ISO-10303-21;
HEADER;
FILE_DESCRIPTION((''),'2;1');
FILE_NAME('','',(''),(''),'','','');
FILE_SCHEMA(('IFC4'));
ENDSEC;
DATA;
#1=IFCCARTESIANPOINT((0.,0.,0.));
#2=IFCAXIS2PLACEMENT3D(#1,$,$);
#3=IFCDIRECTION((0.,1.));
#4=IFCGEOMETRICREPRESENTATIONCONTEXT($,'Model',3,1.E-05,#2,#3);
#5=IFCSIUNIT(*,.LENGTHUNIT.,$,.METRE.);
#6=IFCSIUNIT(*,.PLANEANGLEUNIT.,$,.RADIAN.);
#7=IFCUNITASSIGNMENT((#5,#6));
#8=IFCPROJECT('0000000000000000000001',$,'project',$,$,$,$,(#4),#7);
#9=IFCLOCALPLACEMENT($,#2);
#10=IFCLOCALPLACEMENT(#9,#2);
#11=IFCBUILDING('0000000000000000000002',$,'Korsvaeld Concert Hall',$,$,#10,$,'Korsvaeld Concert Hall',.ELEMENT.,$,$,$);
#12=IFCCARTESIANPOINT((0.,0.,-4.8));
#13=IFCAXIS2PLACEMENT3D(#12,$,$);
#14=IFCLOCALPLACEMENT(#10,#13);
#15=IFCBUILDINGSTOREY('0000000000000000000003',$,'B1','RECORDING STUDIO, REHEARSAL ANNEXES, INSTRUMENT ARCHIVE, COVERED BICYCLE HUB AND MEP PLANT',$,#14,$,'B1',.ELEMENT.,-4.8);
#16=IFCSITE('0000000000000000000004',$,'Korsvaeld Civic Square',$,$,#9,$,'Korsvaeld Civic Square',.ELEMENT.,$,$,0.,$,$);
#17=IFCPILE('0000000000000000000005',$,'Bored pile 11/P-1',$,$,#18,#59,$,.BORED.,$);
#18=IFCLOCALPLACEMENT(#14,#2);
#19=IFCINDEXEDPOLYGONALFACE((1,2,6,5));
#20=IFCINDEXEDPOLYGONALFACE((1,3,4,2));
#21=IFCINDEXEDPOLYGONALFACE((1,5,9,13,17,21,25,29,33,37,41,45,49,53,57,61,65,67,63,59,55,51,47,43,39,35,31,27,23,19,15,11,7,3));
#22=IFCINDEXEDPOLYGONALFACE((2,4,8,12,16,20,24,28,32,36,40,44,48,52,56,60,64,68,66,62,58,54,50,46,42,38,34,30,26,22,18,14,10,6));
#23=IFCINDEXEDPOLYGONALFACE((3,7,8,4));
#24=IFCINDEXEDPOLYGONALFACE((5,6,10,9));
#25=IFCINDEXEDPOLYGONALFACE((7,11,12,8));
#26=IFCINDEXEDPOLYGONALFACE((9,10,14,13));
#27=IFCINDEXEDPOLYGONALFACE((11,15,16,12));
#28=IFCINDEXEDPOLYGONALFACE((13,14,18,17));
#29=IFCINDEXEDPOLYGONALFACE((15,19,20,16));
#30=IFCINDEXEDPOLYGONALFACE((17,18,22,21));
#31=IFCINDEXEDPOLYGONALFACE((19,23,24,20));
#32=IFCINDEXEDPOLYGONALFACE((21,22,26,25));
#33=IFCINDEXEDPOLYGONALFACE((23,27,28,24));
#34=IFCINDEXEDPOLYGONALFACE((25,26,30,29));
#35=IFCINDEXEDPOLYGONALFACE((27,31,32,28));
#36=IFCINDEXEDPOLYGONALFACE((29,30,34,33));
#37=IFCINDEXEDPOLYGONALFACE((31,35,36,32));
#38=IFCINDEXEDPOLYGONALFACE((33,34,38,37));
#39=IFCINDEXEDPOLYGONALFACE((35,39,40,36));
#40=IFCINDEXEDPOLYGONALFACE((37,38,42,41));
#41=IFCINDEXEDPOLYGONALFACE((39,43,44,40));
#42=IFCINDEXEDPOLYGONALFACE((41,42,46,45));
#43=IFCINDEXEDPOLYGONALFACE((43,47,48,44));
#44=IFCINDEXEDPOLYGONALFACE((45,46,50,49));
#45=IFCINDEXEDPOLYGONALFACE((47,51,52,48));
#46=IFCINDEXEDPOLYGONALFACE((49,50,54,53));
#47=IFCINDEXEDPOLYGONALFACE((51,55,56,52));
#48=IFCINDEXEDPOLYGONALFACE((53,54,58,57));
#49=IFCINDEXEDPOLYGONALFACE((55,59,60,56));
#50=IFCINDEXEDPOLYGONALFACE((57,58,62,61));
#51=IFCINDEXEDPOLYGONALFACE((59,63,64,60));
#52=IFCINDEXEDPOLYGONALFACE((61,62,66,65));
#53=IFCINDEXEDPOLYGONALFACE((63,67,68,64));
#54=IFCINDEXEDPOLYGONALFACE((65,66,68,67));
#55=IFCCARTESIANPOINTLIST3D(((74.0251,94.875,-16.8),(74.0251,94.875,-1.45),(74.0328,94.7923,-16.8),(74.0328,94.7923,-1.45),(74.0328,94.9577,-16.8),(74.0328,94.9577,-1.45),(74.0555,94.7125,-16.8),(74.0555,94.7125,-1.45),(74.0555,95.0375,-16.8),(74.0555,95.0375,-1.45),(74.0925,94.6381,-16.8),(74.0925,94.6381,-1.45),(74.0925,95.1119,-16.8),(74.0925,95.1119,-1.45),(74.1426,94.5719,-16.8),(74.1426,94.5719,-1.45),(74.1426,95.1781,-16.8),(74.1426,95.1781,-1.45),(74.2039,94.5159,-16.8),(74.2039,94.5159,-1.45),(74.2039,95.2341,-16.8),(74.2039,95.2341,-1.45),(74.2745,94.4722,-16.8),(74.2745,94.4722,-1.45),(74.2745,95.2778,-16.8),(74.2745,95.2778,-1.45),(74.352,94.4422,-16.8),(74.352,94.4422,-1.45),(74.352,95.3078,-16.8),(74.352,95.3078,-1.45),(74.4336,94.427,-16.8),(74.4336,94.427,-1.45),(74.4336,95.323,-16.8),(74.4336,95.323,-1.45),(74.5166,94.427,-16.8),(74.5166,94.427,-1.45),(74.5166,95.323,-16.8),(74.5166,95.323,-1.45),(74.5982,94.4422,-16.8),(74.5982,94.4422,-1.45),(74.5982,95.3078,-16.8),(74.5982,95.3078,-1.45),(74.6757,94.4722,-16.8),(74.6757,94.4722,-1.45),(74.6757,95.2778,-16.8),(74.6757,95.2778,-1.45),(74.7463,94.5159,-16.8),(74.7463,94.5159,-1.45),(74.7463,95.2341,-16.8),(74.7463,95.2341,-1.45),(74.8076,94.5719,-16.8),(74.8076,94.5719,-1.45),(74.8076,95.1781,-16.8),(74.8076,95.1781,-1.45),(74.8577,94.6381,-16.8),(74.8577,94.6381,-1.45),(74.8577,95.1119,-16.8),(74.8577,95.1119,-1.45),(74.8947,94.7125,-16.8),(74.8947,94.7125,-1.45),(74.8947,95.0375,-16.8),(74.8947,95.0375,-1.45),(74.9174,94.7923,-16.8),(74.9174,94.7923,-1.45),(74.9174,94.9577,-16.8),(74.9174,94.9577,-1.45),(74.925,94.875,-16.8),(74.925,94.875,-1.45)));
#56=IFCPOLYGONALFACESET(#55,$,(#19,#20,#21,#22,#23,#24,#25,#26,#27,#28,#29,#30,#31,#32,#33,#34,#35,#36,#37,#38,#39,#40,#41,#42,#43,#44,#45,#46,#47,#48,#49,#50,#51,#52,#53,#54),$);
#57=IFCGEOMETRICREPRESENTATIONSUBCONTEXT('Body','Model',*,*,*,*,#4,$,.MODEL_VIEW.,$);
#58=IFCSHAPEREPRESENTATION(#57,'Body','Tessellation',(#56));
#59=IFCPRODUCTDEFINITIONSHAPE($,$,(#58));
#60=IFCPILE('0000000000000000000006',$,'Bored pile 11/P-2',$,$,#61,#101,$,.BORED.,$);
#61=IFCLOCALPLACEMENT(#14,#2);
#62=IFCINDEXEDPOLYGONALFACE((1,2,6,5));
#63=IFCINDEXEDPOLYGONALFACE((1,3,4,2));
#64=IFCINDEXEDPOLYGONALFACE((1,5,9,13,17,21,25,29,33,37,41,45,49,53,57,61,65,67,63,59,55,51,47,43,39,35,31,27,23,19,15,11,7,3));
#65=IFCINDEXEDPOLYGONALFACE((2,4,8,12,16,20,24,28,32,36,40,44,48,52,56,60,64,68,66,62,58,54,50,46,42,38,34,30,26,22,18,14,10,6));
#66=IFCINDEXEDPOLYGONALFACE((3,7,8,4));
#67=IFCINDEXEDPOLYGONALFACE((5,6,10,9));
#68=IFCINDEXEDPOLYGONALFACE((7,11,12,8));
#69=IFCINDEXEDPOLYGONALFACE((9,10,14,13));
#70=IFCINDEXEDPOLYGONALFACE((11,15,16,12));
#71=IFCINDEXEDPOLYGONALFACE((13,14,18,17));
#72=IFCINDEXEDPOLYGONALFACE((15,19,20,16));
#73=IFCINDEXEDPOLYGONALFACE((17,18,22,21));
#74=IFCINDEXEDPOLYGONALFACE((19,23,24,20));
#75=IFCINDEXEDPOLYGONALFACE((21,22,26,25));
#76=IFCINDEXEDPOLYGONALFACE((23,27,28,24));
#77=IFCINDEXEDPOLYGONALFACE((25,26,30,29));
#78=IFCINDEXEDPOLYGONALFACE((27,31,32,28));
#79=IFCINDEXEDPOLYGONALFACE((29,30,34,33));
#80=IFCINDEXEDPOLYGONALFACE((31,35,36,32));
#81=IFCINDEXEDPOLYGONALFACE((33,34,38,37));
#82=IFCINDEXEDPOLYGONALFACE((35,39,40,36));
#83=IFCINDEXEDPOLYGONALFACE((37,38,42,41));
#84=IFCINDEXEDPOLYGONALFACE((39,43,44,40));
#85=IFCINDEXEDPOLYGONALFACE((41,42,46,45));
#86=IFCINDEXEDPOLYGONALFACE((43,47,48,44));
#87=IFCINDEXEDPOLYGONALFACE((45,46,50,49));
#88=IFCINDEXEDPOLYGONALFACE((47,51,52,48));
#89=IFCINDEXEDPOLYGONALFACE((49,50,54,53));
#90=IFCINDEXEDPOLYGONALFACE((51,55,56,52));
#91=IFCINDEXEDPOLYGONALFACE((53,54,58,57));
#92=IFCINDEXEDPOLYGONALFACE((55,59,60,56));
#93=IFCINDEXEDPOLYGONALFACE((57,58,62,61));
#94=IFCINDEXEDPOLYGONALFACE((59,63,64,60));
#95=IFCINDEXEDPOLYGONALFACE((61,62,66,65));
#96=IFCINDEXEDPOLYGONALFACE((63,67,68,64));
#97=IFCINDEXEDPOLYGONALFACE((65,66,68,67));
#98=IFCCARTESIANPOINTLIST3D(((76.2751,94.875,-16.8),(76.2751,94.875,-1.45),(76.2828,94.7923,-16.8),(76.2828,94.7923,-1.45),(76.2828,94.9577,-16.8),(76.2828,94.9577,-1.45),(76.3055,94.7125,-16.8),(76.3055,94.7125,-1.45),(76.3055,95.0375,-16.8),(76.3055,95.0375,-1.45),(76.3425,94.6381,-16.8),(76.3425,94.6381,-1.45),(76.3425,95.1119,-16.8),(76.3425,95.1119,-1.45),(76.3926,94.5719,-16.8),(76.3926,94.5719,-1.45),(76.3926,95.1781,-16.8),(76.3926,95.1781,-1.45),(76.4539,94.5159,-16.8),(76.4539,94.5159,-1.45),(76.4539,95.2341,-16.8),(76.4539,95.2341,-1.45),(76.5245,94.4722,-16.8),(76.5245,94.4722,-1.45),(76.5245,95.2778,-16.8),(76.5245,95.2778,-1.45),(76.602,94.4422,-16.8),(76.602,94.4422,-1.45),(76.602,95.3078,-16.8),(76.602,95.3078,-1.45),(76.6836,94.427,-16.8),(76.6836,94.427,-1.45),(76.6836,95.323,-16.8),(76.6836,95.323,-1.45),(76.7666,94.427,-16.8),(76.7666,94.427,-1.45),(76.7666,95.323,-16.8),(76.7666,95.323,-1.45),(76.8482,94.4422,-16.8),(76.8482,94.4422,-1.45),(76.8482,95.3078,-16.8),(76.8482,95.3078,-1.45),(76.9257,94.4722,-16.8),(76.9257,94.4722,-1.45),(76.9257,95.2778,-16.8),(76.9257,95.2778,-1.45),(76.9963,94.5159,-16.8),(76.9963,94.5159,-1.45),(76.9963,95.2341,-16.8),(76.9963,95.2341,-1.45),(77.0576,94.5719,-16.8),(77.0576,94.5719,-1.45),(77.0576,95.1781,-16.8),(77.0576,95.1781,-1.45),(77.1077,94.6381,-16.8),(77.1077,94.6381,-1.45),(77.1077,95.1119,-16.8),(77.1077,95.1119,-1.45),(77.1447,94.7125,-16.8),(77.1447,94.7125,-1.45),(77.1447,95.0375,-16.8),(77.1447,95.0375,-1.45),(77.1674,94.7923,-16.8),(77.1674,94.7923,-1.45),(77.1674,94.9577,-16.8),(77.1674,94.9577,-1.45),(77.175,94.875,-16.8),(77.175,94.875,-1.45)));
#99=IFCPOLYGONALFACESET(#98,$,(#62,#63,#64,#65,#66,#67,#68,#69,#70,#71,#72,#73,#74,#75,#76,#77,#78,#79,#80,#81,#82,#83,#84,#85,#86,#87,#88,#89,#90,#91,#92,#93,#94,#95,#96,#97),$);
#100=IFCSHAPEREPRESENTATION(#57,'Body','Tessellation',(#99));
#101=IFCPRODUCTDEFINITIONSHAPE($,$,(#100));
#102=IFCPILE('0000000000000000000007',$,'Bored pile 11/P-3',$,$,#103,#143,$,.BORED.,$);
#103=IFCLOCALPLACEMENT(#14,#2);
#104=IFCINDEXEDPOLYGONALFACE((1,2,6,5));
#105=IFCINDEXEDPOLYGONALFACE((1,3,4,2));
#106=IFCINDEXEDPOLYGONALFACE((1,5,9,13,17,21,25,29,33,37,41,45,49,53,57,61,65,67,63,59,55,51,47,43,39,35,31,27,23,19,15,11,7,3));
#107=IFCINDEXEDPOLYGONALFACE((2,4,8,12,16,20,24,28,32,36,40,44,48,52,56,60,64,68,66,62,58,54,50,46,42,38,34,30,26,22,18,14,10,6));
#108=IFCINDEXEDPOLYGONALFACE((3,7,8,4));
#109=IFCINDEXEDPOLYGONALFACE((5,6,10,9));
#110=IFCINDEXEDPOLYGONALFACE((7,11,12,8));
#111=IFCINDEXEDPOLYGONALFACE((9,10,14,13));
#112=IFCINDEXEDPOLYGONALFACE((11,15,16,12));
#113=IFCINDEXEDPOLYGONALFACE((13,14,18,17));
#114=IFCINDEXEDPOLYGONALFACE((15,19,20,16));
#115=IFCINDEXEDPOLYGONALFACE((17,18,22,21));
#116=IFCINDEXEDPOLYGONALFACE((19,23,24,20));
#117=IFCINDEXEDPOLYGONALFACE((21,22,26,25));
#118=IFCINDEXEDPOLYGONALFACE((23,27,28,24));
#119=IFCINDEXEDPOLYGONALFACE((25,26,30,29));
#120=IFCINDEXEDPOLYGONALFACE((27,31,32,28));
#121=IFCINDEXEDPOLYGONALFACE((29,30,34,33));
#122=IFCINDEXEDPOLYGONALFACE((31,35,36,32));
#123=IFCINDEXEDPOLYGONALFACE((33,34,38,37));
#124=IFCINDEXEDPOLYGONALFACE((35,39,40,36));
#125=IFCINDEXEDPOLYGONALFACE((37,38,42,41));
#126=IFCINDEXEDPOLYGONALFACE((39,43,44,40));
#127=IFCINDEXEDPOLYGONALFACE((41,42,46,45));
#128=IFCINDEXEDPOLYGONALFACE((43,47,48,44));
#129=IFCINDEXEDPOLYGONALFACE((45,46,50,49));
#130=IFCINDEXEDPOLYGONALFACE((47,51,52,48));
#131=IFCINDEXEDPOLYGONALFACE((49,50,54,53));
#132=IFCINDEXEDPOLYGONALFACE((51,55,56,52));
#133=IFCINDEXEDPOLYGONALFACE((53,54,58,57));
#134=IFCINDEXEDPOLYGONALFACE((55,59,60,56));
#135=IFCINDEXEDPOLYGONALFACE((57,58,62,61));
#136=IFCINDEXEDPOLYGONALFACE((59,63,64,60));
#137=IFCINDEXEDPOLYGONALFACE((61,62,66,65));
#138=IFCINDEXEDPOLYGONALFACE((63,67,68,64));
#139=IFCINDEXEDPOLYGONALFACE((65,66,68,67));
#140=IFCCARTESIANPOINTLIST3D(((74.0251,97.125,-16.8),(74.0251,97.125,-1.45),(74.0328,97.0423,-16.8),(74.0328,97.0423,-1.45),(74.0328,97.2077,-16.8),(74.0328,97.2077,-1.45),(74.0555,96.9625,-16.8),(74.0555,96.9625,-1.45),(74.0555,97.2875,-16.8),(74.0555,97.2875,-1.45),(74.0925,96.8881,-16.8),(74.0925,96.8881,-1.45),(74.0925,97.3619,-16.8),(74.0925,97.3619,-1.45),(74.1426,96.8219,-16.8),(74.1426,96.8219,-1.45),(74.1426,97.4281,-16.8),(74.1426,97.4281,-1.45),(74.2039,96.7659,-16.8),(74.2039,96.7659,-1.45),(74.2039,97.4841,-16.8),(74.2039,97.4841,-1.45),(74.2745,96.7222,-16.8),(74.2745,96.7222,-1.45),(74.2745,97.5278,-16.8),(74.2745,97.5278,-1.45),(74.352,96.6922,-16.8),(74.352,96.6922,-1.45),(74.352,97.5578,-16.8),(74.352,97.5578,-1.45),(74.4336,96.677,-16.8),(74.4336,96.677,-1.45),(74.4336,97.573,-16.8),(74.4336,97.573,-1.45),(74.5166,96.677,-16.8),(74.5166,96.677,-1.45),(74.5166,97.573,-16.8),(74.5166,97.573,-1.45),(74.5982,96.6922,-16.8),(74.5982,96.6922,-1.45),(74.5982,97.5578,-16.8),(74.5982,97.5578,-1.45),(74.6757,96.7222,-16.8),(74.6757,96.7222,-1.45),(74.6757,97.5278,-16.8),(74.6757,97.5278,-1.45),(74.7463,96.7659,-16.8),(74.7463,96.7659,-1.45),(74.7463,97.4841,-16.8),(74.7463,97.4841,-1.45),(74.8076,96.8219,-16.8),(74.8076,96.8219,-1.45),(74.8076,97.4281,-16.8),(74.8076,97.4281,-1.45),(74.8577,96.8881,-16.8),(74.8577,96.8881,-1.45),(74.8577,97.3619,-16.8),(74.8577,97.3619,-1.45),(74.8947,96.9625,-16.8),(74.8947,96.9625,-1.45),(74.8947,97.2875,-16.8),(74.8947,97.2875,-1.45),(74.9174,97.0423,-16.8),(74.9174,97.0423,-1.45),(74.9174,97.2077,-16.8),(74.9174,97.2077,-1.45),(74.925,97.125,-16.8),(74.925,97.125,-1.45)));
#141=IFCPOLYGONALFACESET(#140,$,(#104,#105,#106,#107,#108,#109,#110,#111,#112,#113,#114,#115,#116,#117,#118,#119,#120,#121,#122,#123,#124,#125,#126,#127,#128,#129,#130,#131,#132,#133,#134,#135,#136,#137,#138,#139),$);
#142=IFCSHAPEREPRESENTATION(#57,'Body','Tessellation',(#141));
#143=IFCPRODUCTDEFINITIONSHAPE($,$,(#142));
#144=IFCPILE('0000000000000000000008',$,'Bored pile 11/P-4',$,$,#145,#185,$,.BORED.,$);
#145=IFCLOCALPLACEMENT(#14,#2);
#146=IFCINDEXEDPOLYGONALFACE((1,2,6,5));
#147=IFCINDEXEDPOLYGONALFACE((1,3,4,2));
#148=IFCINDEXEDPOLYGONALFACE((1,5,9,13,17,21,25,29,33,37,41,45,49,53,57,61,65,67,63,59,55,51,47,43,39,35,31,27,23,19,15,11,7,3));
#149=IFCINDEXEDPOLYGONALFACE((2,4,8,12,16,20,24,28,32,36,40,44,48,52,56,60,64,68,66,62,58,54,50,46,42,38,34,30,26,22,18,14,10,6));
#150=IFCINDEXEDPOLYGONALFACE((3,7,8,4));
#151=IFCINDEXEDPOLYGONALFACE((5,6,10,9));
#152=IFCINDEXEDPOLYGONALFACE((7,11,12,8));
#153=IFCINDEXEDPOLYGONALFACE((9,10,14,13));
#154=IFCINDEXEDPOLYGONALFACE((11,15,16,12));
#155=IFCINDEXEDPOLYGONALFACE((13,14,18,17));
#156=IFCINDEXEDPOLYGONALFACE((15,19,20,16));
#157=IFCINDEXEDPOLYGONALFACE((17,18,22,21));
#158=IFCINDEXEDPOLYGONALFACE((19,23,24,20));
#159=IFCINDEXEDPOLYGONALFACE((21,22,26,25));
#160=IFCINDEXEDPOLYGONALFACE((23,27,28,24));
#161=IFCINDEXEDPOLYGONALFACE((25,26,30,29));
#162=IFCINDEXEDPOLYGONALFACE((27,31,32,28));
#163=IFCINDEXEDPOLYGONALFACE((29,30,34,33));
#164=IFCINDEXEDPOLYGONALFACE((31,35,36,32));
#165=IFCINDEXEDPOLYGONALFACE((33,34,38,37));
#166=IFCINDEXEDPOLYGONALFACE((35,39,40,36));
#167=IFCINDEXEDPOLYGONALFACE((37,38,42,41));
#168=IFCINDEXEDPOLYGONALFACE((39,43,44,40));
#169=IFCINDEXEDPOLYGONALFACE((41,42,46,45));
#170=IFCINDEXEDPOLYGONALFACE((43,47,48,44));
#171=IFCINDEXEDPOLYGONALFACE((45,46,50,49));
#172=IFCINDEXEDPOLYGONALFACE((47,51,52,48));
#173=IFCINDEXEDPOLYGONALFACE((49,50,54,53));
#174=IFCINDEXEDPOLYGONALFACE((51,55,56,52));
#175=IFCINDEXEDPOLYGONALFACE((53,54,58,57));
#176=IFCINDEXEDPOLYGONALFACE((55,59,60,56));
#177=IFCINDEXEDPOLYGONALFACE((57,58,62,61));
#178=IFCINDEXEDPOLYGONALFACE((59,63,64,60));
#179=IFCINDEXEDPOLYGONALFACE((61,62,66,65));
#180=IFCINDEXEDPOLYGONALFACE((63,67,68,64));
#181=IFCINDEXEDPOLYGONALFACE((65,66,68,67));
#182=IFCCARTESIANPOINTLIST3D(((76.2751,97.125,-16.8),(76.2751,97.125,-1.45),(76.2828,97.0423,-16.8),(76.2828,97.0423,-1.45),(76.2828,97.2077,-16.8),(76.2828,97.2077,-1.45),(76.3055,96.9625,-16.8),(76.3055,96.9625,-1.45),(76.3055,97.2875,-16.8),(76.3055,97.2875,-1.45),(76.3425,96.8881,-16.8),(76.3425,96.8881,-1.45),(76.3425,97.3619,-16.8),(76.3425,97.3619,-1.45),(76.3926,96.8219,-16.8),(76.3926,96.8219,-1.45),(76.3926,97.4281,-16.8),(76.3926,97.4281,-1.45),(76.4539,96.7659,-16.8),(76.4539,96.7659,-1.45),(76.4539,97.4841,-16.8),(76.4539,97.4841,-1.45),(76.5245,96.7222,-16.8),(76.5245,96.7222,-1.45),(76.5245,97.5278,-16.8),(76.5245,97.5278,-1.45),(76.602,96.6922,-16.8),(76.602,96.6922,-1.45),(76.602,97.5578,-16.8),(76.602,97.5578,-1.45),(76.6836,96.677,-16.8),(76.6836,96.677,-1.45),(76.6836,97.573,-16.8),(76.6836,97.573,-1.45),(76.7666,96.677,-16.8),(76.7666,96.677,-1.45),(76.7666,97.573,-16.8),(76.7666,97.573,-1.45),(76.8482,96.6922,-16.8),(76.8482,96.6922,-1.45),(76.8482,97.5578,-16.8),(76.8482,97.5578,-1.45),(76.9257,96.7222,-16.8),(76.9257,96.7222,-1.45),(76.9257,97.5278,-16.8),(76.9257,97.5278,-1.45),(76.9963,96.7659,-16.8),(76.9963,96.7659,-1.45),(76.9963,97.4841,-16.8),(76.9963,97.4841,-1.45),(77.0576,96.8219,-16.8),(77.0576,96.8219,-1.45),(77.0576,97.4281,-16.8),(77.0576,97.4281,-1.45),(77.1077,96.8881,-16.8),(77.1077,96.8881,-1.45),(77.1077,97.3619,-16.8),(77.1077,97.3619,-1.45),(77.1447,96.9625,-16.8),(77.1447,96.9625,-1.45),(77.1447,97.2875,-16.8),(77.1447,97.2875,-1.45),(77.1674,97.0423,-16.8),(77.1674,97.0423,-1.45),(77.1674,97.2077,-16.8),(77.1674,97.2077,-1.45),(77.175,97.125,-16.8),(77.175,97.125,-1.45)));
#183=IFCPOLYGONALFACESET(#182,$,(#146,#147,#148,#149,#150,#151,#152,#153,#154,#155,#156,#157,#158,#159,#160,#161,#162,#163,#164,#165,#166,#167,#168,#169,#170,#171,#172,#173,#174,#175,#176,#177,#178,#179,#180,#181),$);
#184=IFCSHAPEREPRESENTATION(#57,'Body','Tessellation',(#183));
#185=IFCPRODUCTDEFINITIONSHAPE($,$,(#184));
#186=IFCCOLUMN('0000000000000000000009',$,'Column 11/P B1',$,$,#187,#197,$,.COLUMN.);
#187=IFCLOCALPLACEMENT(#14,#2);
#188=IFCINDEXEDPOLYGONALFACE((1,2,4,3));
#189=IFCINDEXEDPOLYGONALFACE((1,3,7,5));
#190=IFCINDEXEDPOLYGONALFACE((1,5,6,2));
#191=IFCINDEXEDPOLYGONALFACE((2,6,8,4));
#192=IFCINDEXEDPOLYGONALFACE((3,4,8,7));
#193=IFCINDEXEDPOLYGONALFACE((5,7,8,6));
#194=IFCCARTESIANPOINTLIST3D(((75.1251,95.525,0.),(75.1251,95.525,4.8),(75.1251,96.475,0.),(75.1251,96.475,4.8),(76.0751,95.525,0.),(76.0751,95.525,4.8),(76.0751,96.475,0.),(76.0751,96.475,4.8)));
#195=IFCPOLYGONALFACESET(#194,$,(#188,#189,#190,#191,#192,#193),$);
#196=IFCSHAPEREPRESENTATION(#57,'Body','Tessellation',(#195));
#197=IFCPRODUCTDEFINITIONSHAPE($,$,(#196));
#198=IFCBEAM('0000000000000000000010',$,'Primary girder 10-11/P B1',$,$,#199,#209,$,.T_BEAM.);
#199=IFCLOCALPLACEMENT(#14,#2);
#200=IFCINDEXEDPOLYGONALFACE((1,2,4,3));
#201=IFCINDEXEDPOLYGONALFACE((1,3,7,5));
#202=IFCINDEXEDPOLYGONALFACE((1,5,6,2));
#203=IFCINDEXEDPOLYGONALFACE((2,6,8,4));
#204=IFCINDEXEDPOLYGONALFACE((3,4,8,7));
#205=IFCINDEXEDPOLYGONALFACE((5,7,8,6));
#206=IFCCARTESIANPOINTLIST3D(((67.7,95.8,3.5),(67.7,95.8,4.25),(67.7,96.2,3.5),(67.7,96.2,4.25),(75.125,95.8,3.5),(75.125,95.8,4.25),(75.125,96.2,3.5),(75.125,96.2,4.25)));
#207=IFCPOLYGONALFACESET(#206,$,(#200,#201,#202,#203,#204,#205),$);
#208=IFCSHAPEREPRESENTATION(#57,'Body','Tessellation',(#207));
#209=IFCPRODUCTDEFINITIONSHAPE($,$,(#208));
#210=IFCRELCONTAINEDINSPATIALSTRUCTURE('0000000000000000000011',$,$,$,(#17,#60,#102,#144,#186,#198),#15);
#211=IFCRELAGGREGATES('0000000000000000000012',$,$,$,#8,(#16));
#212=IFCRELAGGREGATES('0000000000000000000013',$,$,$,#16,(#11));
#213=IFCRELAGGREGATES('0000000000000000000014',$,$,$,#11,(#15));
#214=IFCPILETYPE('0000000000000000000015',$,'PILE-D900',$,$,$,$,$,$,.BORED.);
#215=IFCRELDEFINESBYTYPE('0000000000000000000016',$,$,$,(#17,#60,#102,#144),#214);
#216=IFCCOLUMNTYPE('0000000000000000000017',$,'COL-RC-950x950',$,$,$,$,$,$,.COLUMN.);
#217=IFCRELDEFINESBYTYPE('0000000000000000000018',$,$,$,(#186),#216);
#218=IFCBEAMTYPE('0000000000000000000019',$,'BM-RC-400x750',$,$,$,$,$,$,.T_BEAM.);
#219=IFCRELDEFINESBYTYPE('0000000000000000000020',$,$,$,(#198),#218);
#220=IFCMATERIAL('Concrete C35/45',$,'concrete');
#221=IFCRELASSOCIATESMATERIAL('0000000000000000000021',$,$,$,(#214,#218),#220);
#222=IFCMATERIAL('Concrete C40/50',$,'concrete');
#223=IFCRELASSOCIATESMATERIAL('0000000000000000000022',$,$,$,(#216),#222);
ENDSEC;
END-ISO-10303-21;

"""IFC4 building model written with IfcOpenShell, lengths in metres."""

from ifc_helpers import new_model, si_unit, direction, frame, origin, origin_2d, place, context, subcontext, project, spatial, rectangle, circle, extrude, material, material_profile, profile_set, type_object, element, save


model = new_model("IFC4")

# Units and contexts
model_context = context("Model", 3, precision=1e-05, world=origin(), true_north=direction((0.0, 1.0)))
body_context = subcontext(model_context, "Body", "Model", "MODEL_VIEW")
ifc_project = project(units=[si_unit("LENGTHUNIT", "METRE"), si_unit("PLANEANGLEUNIT", "RADIAN")], contexts=[model_context])

# Site, building, storey
site_placement = place(None, origin())
site = spatial("IfcSite", under=ifc_project, at=site_placement, Name="Korsvaeld Civic Square", LongName="Korsvaeld Civic Square", CompositionType="ELEMENT", RefElevation=0.0)
building_placement = place(site_placement, origin())
building = spatial("IfcBuilding", under=site, at=building_placement, Name="Korsvaeld Concert Hall", LongName="Korsvaeld Concert Hall", CompositionType="ELEMENT")
storey_placement = place(building_placement, frame((0.0, 0.0, -4.8)))
storey = spatial("IfcBuildingStorey", under=building, at=storey_placement, Name="B1", Description="RECORDING STUDIO, REHEARSAL ANNEXES, INSTRUMENT ARCHIVE, COVERED BICYCLE HUB AND MEP PLANT", LongName="B1", CompositionType="ELEMENT", Elevation=-4.8)

# Shared definitions
ifc_material_1 = material(Name="Concrete C35/45", Category="concrete")

# Piles
ifc_material_2 = material(Name="Concrete C40/50", Category="concrete")
ifc_material_profile_1 = material_profile(ifc_material_1, circle(Radius=0.45, at=origin_2d()), Name="BORED PILE D900")
ifc_profile_set_1 = profile_set([ifc_material_profile_1], Name="Concrete C35/45")
pile_type_1 = type_object("IfcPileType", Name="PILE-D900", PredefinedType="BORED", material=ifc_profile_set_1)
for number, where, z_axis, x_axis, name in (
    (1, (74.4751, 94.875, -1.45), (0.0, 0.0, -1.0), (1.0, 0.0, 0.0), "Bored pile 11/P-1"),
    (2, (76.7251, 94.875, -1.45), (0.0, 0.0, -1.0), (1.0, 0.0, 0.0), "Bored pile 11/P-2"),
    (3, (74.4751, 97.125, -1.45), (0.0, 0.0, -1.0), (1.0, 0.0, 0.0), "Bored pile 11/P-3"),
    (4, (76.7251, 97.125, -1.45), (0.0, 0.0, -1.0), (1.0, 0.0, 0.0), "Bored pile 11/P-4"),
):
    element("IfcPile", number, at=place(storey_placement, frame(where, z_axis=z_axis, x_axis=x_axis)), inside=storey, type_object=pile_type_1, Name=name, PredefinedType="BORED", context=body_context, shape_type="SweptSolid", body=[
        extrude(circle(Radius=0.45, at=origin_2d()), origin(), (0.0, 0.0, 1.0), 15.3501),
    ])

# Column
ifc_material_profile_2 = material_profile(ifc_material_2, rectangle(XDim=0.95, YDim=0.95, at=origin_2d()), Name="RC 950x950")
ifc_profile_set_2 = profile_set([ifc_material_profile_2], Name="Concrete C40/50")
column_type = type_object("IfcColumnType", Name="COL-RC-950x950", PredefinedType="COLUMN", material=ifc_profile_set_2)
column_placement = place(storey_placement, frame((75.6001, 96.0, 0.0), z_axis=(0.0, 0.0, 1.0), x_axis=(1.0, 0.0, 0.0)))
element("IfcColumn", 5, at=column_placement, inside=storey, type_object=column_type, Name="Column 11/P B1", PredefinedType="COLUMN", context=body_context, shape_type="SweptSolid", body=[
    extrude(rectangle(XDim=0.95, YDim=0.95, at=origin_2d()), origin(), (0.0, 0.0, 1.0), 4.8),
])

# Beam
ifc_material_profile_3 = material_profile(ifc_material_1, rectangle(XDim=0.3999, YDim=0.75, at=origin_2d()), Name="RC 400x750")
ifc_profile_set_3 = profile_set([ifc_material_profile_3], Name="Concrete C35/45")
beam_type_1 = type_object("IfcBeamType", Name="BM-RC-400x750", PredefinedType="T_BEAM", material=ifc_profile_set_3)
beam_1_placement = place(storey_placement, frame((67.7, 96.0, 3.875), z_axis=(1.0, 0.0, 0.0), x_axis=(0.0, 1.0, 0.0)))
element("IfcBeam", 6, at=beam_1_placement, inside=storey, type_object=beam_type_1, Name="Primary girder 10-11/P B1", PredefinedType="T_BEAM", context=body_context, shape_type="SweptSolid", body=[
    extrude(rectangle(XDim=0.3999, YDim=0.75, at=origin_2d()), origin(), (0.0, 0.0, 1.0), 7.425),
])

save(model, "model.ifc")
